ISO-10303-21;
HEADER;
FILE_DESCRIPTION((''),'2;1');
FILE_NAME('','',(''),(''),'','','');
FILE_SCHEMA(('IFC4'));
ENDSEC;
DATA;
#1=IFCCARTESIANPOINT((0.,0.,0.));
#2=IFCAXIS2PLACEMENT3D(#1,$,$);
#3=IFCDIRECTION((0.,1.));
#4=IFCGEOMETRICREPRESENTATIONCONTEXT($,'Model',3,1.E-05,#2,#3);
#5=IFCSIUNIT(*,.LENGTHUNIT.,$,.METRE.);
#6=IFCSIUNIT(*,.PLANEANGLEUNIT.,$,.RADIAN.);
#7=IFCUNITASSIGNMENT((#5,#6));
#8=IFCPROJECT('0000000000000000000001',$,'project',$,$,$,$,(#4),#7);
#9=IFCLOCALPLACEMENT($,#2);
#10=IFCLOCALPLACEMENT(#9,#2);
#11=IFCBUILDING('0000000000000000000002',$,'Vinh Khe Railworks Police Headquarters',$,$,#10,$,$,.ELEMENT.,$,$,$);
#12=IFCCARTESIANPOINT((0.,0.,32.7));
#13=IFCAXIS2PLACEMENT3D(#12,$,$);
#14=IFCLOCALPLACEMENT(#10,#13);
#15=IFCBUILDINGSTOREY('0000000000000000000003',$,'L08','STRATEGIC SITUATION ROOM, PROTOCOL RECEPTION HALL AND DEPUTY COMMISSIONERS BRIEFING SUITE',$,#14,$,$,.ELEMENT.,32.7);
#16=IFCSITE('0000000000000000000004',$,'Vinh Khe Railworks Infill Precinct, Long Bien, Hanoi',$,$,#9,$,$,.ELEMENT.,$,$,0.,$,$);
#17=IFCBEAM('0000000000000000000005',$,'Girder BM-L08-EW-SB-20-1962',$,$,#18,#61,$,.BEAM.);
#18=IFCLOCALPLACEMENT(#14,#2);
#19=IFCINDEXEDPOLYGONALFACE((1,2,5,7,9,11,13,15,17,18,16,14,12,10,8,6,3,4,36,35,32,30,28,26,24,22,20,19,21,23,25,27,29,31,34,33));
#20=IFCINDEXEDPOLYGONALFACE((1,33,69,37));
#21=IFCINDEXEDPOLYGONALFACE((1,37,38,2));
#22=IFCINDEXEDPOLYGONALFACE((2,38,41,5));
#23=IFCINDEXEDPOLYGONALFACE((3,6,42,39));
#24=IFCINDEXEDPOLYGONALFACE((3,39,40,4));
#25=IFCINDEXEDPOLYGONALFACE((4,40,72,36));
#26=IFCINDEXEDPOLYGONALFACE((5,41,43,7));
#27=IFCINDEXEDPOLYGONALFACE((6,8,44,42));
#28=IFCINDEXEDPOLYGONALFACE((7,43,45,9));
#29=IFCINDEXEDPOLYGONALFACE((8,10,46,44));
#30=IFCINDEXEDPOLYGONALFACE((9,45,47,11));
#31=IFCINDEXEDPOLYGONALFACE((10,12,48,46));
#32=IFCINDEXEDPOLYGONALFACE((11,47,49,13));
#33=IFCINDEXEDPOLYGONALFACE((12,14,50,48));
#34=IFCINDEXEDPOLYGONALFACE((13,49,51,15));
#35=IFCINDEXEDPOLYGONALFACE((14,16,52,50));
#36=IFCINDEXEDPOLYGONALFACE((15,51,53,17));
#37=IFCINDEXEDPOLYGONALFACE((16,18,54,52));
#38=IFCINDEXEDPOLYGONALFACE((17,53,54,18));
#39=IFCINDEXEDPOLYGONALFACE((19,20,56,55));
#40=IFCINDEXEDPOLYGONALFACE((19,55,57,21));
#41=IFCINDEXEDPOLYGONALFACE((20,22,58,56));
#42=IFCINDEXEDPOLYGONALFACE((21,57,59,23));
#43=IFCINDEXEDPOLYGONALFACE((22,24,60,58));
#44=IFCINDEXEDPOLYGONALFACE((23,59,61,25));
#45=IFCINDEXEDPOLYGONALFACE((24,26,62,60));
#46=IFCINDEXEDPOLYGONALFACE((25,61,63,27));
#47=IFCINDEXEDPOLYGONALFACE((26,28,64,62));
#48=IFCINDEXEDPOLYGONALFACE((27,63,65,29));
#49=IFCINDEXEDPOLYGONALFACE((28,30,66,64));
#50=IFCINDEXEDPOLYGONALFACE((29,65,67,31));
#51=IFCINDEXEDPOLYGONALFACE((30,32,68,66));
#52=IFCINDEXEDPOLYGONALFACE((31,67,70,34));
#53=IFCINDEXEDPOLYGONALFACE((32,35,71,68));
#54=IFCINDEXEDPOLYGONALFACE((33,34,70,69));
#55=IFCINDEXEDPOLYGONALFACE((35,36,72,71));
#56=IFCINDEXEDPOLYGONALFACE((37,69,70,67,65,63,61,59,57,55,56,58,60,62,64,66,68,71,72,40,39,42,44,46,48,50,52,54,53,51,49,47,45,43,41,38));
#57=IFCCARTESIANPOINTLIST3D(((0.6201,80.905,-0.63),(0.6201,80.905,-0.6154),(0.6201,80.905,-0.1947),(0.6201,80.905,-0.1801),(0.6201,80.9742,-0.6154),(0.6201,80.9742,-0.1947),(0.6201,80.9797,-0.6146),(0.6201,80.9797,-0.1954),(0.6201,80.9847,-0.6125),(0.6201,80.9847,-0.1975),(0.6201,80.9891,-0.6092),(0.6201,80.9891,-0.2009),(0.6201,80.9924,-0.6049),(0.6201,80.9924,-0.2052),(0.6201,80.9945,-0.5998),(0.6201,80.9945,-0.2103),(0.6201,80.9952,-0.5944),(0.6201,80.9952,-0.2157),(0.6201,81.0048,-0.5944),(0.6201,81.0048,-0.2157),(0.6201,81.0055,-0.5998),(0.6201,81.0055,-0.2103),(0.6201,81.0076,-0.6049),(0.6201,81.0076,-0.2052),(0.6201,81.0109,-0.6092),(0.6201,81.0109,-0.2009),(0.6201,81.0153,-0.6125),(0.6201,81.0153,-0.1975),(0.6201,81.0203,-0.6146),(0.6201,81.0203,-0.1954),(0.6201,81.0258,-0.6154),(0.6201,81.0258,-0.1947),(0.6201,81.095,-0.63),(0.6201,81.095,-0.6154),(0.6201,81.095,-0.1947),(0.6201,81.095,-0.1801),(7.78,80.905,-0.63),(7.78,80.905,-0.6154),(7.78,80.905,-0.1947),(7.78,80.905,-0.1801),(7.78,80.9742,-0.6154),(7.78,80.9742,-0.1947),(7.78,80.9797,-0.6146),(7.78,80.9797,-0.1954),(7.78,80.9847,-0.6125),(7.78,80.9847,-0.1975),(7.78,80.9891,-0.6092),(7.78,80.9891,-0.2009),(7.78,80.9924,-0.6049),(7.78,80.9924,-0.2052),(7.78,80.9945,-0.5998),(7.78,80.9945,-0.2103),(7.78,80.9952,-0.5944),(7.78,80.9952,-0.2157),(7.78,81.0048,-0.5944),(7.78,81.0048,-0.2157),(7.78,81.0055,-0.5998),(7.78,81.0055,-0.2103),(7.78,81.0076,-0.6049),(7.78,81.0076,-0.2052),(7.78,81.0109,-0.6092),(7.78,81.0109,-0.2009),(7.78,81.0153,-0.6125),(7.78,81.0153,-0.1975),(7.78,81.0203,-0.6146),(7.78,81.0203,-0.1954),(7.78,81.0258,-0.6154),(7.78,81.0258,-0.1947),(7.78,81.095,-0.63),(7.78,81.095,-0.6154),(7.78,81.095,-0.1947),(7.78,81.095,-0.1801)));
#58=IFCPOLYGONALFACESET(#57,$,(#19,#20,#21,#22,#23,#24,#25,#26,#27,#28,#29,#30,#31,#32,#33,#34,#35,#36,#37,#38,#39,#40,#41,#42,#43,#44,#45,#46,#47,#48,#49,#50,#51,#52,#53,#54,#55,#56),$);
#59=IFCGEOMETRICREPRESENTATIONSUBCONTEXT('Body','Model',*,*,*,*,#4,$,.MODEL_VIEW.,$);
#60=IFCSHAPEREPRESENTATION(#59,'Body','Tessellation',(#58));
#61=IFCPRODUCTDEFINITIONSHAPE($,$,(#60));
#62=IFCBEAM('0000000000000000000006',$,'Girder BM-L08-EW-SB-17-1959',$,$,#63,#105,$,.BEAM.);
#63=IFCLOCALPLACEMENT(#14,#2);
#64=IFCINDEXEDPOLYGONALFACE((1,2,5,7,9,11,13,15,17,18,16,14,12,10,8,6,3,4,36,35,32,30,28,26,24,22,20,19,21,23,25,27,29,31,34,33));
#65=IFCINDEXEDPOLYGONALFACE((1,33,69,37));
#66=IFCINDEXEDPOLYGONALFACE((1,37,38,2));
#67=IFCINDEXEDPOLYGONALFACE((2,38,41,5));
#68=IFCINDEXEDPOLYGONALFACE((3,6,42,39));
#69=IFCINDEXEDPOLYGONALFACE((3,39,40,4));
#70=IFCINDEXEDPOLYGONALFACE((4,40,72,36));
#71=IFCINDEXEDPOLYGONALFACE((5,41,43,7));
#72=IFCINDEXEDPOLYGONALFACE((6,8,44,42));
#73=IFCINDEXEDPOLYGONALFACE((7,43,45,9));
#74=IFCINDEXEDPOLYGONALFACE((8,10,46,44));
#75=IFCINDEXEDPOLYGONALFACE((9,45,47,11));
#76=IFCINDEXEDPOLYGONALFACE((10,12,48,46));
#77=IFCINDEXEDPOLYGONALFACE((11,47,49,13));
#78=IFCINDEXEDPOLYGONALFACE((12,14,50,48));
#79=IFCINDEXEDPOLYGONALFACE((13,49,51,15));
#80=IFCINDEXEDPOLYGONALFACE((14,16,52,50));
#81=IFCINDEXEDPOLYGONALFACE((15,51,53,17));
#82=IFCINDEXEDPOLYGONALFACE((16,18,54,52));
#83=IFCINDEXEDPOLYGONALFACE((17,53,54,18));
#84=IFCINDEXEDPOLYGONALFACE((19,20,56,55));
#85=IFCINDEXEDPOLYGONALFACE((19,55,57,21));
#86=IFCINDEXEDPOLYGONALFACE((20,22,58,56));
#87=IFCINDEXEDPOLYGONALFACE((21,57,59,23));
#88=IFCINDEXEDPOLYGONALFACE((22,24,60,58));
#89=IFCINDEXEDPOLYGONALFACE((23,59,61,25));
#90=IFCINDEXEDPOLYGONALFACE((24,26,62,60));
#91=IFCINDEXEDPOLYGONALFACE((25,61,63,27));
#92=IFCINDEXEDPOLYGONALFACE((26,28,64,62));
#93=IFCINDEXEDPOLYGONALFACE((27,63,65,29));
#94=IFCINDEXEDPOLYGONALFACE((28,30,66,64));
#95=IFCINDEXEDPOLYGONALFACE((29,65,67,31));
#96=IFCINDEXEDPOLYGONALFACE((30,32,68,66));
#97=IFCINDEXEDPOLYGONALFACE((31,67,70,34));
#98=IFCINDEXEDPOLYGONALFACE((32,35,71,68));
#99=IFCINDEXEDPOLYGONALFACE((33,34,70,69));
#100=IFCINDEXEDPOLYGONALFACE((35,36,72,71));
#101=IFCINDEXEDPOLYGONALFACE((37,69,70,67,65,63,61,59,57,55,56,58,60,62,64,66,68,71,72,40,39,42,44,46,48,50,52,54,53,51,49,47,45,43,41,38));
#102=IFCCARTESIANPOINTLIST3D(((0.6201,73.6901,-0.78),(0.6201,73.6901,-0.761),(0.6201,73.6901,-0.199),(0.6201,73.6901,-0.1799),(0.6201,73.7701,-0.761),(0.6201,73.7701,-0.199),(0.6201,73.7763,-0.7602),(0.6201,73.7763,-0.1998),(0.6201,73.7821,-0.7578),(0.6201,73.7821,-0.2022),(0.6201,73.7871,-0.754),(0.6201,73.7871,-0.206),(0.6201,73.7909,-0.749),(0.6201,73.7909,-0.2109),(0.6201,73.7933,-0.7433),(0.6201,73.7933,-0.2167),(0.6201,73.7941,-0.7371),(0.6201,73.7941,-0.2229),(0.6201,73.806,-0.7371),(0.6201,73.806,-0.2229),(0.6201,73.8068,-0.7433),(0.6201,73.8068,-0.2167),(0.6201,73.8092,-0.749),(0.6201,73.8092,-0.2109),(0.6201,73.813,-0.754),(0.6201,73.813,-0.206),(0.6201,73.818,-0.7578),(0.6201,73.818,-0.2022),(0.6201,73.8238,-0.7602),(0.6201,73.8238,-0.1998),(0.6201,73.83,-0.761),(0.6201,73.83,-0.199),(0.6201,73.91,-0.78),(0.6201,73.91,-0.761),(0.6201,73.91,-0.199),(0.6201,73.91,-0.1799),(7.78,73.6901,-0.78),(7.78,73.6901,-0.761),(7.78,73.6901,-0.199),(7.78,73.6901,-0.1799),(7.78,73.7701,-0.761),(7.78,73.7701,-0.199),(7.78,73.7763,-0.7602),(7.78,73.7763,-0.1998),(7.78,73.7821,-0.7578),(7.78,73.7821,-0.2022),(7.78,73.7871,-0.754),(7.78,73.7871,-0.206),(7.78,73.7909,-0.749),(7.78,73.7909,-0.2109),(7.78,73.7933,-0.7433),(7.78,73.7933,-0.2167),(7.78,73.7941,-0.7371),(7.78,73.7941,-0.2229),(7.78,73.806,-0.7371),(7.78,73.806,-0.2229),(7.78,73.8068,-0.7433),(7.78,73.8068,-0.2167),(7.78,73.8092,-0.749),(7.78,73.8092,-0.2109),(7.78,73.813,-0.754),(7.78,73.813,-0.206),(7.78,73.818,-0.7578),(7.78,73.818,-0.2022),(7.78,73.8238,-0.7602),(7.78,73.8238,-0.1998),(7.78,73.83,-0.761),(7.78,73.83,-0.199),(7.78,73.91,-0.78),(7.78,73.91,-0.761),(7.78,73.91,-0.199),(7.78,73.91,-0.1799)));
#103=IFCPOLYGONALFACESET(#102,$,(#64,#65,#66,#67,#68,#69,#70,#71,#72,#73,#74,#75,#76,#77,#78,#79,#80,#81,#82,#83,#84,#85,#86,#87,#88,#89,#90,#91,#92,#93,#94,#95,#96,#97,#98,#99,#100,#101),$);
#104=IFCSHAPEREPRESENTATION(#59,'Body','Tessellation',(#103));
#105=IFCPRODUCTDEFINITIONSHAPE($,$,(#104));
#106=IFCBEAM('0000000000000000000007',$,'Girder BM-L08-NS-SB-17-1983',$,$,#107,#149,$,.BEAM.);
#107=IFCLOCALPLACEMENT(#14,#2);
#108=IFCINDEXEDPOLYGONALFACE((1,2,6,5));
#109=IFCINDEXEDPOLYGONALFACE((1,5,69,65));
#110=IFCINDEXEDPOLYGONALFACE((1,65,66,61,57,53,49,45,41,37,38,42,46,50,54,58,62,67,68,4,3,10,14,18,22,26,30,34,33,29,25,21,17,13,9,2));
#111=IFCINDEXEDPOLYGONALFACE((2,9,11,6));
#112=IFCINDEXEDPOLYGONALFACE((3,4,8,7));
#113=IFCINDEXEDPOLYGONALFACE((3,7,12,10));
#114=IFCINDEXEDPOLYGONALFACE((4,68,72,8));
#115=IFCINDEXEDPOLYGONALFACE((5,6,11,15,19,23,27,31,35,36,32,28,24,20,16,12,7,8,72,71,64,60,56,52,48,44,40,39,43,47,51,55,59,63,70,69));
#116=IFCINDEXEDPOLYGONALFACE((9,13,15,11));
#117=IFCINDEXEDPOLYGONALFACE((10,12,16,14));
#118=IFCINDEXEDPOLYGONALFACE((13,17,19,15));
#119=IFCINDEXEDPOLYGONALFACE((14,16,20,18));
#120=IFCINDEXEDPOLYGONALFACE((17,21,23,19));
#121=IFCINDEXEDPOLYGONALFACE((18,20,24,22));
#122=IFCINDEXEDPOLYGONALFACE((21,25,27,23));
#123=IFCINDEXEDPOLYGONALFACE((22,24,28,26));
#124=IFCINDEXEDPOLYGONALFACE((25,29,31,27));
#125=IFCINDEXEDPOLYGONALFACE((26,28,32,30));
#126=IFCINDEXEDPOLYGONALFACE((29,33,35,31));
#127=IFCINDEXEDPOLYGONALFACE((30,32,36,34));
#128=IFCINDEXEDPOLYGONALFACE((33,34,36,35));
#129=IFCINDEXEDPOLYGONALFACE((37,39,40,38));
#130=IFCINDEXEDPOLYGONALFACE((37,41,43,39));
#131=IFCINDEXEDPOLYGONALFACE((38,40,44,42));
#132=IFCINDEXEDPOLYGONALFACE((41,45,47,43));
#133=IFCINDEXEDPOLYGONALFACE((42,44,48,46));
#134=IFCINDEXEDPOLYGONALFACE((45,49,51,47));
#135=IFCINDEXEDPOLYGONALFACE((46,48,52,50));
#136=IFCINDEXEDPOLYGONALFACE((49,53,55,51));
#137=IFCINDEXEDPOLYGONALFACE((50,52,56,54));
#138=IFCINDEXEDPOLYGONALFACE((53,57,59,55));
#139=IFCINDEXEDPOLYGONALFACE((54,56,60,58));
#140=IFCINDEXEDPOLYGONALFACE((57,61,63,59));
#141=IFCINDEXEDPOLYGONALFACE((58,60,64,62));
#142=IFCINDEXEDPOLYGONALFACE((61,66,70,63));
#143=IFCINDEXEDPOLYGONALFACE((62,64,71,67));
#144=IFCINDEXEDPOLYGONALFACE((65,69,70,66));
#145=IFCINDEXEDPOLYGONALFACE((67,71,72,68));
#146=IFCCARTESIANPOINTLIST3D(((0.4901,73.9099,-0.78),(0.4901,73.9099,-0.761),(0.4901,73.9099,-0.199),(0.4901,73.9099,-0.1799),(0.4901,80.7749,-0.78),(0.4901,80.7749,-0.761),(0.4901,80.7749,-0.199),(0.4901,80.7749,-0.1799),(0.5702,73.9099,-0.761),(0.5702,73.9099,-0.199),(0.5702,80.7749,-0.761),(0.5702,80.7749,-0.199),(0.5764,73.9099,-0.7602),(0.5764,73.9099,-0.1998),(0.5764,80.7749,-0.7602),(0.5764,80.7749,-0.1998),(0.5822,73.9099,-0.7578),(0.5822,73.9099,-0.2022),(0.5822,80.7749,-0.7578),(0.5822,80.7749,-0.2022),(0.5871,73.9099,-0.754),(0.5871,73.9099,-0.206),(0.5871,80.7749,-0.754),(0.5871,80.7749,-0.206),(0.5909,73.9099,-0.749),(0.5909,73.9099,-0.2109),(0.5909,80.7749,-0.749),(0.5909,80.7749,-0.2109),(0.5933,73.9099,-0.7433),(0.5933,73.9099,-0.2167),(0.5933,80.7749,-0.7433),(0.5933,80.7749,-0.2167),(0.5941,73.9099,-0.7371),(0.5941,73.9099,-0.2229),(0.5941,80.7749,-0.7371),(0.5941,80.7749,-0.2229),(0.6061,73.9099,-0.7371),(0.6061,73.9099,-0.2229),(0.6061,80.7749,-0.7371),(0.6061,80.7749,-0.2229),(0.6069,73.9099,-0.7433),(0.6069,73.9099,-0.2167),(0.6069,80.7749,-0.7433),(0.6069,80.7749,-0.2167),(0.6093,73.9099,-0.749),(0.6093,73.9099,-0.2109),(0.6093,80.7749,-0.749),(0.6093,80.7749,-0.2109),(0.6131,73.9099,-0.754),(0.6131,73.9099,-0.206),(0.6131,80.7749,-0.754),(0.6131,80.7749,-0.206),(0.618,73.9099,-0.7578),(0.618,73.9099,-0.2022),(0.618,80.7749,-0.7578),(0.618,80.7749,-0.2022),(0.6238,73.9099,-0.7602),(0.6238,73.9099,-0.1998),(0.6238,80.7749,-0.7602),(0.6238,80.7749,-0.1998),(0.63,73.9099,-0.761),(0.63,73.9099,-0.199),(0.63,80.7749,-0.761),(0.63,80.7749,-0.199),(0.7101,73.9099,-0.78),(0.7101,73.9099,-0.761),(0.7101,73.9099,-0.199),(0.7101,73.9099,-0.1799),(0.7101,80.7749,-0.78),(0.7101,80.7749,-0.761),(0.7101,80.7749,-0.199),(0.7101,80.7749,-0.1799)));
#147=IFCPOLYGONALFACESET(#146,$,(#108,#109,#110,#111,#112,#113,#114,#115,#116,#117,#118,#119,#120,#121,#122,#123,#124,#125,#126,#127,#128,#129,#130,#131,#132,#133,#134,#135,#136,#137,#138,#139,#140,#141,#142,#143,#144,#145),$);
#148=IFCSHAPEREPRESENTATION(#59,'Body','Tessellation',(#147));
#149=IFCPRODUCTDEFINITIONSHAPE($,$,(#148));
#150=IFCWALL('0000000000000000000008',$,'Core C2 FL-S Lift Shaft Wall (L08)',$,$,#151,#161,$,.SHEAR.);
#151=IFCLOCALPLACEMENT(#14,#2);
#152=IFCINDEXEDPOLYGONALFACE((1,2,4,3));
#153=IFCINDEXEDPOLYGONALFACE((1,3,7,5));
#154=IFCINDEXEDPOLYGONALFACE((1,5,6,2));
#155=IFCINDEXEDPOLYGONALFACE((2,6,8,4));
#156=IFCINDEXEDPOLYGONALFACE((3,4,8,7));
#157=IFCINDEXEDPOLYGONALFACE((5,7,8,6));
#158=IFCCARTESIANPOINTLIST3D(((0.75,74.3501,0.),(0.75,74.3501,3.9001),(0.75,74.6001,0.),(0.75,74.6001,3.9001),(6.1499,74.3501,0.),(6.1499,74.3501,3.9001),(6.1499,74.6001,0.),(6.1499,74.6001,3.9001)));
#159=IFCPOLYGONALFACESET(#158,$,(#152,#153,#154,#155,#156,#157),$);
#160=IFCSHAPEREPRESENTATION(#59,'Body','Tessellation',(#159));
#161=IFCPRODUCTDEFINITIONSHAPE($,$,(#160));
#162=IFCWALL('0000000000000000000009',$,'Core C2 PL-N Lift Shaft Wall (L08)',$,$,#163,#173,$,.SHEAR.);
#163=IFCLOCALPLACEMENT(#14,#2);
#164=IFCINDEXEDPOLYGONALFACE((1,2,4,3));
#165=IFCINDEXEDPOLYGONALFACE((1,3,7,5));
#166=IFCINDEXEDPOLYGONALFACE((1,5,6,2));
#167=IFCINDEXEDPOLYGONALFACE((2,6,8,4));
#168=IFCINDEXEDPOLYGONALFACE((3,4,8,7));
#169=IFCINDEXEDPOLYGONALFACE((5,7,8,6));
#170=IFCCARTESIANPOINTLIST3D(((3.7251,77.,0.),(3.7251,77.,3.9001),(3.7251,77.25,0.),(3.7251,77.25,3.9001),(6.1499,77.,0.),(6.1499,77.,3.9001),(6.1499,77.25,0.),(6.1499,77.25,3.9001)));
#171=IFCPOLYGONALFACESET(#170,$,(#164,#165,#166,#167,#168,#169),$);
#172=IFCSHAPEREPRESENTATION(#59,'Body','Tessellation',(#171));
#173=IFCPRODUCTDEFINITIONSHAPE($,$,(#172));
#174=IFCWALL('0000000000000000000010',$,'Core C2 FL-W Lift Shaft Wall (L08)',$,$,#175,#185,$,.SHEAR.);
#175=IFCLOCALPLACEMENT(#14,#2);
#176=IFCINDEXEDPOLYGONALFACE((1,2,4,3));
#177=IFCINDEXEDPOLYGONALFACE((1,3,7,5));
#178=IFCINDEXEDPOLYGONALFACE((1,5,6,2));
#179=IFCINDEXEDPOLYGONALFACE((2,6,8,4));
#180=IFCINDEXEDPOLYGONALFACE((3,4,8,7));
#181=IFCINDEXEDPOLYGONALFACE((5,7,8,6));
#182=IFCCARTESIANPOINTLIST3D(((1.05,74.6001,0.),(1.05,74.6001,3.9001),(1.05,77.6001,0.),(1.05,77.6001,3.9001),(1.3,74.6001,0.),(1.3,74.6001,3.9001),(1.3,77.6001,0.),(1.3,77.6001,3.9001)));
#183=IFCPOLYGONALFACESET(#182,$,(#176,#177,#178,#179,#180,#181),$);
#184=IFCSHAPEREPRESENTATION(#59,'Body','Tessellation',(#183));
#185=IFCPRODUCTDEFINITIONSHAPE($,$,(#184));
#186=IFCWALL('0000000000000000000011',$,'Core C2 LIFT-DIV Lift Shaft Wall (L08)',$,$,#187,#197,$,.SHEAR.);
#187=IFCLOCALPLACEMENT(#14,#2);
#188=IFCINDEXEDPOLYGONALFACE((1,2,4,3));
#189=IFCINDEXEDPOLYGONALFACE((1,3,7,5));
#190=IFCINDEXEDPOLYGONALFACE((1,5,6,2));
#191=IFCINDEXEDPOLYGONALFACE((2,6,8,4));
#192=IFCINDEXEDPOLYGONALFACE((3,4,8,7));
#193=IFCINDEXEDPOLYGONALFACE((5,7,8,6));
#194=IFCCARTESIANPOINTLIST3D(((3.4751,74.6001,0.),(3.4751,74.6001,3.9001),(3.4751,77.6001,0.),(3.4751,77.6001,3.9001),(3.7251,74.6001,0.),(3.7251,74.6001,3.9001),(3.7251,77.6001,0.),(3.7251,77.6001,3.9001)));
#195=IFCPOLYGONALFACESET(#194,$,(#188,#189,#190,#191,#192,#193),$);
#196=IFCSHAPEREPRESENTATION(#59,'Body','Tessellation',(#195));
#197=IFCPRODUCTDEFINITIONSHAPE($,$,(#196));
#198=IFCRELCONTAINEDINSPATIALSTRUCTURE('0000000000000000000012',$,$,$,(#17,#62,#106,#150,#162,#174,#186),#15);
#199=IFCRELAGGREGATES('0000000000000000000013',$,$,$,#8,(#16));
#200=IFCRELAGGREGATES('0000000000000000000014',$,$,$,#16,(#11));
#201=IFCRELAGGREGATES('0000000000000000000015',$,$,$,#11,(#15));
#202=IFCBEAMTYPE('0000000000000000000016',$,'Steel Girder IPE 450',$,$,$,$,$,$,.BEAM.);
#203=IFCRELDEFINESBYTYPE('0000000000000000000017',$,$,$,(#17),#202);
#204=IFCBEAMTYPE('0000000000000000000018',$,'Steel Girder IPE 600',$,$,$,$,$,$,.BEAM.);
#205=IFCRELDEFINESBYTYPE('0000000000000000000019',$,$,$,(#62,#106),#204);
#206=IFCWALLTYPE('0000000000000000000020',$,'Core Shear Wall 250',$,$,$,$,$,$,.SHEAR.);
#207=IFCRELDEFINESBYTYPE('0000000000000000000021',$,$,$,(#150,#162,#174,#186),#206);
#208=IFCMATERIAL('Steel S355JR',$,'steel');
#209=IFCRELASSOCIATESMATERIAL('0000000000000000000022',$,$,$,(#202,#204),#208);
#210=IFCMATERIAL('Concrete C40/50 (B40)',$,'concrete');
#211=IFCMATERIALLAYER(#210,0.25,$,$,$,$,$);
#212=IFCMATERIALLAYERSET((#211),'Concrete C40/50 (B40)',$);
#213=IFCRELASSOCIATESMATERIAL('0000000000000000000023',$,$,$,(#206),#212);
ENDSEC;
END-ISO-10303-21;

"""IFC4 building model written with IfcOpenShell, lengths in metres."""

from ifc_helpers import new_model, si_unit, direction, frame, frame_2d, origin, origin_2d, place, context, subcontext, project, spatial, rectangle, i_section, extrude, material, layer, layer_set, material_profile, profile_set, type_object, element, save


model = new_model("IFC4")

# Units and contexts
model_context = context("Model", 3, precision=1e-05, world=origin(), true_north=direction((0.0, 1.0)))
body_context = subcontext(model_context, "Body", "Model", "MODEL_VIEW")
ifc_project = project(units=[si_unit("LENGTHUNIT", "METRE"), si_unit("PLANEANGLEUNIT", "RADIAN")], contexts=[model_context])

# Site, building, storey
site_placement = place(None, origin())
site = spatial("IfcSite", under=ifc_project, at=site_placement, Name="Vinh Khe Railworks Infill Precinct, Long Bien, Hanoi", CompositionType="ELEMENT", RefElevation=0.0)
building_placement = place(site_placement, origin())
building = spatial("IfcBuilding", under=site, at=building_placement, Name="Vinh Khe Railworks Police Headquarters", CompositionType="ELEMENT")
storey_placement = place(building_placement, frame((0.0, 0.0, 32.7)))
storey = spatial("IfcBuildingStorey", under=building, at=storey_placement, Name="L08", Description="STRATEGIC SITUATION ROOM, PROTOCOL RECEPTION HALL AND DEPUTY COMMISSIONERS BRIEFING SUITE", CompositionType="ELEMENT", Elevation=32.7)

# Shared definitions
ifc_material_1 = material(Name="Steel S355JR", Category="steel")

# Beams
ifc_material_profile_1 = material_profile(ifc_material_1, i_section(OverallWidth=0.1899, OverallDepth=0.45, WebThickness=0.0095, FlangeThickness=0.0146, FilletRadius=0.021, at=origin_2d()), Name="IPE 450")
ifc_profile_set_1 = profile_set([ifc_material_profile_1], Name="Steel S355JR")
beam_type_1 = type_object("IfcBeamType", Name="Steel Girder IPE 450", PredefinedType="BEAM", material=ifc_profile_set_1)
beam_1_placement = place(storey_placement, frame((0.6201, 81.0, -0.405), z_axis=(1.0, 0.0, 0.0), x_axis=(0.0, 1.0, 0.0)))
element("IfcBeam", 1, at=beam_1_placement, inside=storey, type_object=beam_type_1, Name="Girder BM-L08-EW-SB-20-1962", PredefinedType="BEAM", context=body_context, shape_type="SweptSolid", body=[
    extrude(i_section(OverallWidth=0.1899, OverallDepth=0.45, WebThickness=0.0095, FlangeThickness=0.0146, FilletRadius=0.021, at=origin_2d()), origin(), (0.0, 0.0, 1.0), 7.1599),
])
ifc_material_profile_2 = material_profile(ifc_material_1, i_section(OverallWidth=0.22, OverallDepth=0.6001, WebThickness=0.012, FlangeThickness=0.019, FilletRadius=0.0239, at=origin_2d()), Name="IPE 600")
ifc_profile_set_2 = profile_set([ifc_material_profile_2], Name="Steel S355JR")
beam_type_2 = type_object("IfcBeamType", Name="Steel Girder IPE 600", PredefinedType="BEAM", material=ifc_profile_set_2)
beam_2_placement = place(storey_placement, frame((0.6201, 73.8, -0.48), z_axis=(1.0, 0.0, 0.0), x_axis=(0.0, 1.0, 0.0)))
element("IfcBeam", 2, at=beam_2_placement, inside=storey, type_object=beam_type_2, Name="Girder BM-L08-EW-SB-17-1959", PredefinedType="BEAM", context=body_context, shape_type="SweptSolid", body=[
    extrude(i_section(OverallWidth=0.22, OverallDepth=0.6001, WebThickness=0.012, FlangeThickness=0.019, FilletRadius=0.0239, at=origin_2d()), origin(), (0.0, 0.0, 1.0), 7.1599),
])
beam_3_placement = place(storey_placement, frame((0.6001, 73.9099, -0.48), z_axis=(0.0, 1.0, 0.0), x_axis=(-1.0, 0.0, 0.0)))
element("IfcBeam", 3, at=beam_3_placement, inside=storey, type_object=beam_type_2, Name="Girder BM-L08-NS-SB-17-1983", PredefinedType="BEAM", context=body_context, shape_type="SweptSolid", body=[
    extrude(i_section(OverallWidth=0.22, OverallDepth=0.6001, WebThickness=0.012, FlangeThickness=0.019, FilletRadius=0.0239, at=origin_2d()), origin(), (0.0, 0.0, 1.0), 6.865),
])

# Wall
ifc_material_2 = material(Name="Concrete C40/50 (B40)", Category="concrete")
ifc_layer_1 = layer(ifc_material_2, 0.25)
ifc_layer_set_1 = layer_set([ifc_layer_1], Name="Concrete C40/50 (B40)")
wall_type_1 = type_object("IfcWallType", Name="Core Shear Wall 250", PredefinedType="SHEAR", material=ifc_layer_set_1)
wall_1_placement = place(storey_placement, frame((0.75, 74.4751, 0.0), z_axis=(0.0, 0.0, 1.0), x_axis=(1.0, 0.0, 0.0)))
element("IfcWall", 4, at=wall_1_placement, inside=storey, type_object=wall_type_1, Name="Core C2 FL-S Lift Shaft Wall (L08)", PredefinedType="SHEAR", context=body_context, shape_type="SweptSolid", body=[
    extrude(rectangle(XDim=5.3999, YDim=0.25, at=frame_2d((2.7, 0.0))), origin(), (0.0, 0.0, 1.0), 3.9001),
])

# Walls
wall_2_placement = place(storey_placement, frame((3.7251, 77.125, 0.0), z_axis=(0.0, 0.0, 1.0), x_axis=(1.0, 0.0, 0.0)))
element("IfcWall", 5, at=wall_2_placement, inside=storey, type_object=wall_type_1, Name="Core C2 PL-N Lift Shaft Wall (L08)", PredefinedType="SHEAR", context=body_context, shape_type="SweptSolid", body=[
    extrude(rectangle(XDim=2.4248, YDim=0.25, at=frame_2d((1.2124, 0.0))), origin(), (0.0, 0.0, 1.0), 3.9001),
])
for number, where, z_axis, x_axis, name in (
    (6, (1.175, 74.6001, 0.0), (0.0, 0.0, 1.0), (0.0, 1.0, 0.0), "Core C2 FL-W Lift Shaft Wall (L08)"),
    (7, (3.6001, 74.6001, 0.0), (0.0, 0.0, 1.0), (0.0, 1.0, 0.0), "Core C2 LIFT-DIV Lift Shaft Wall (L08)"),
):
    element("IfcWall", number, at=place(storey_placement, frame(where, z_axis=z_axis, x_axis=x_axis)), inside=storey, type_object=wall_type_1, Name=name, PredefinedType="SHEAR", context=body_context, shape_type="SweptSolid", body=[
        extrude(rectangle(XDim=3.0, YDim=0.25, at=frame_2d((1.5, 0.0))), origin(), (0.0, 0.0, 1.0), 3.9001),
    ])

save(model, "model.ifc")
